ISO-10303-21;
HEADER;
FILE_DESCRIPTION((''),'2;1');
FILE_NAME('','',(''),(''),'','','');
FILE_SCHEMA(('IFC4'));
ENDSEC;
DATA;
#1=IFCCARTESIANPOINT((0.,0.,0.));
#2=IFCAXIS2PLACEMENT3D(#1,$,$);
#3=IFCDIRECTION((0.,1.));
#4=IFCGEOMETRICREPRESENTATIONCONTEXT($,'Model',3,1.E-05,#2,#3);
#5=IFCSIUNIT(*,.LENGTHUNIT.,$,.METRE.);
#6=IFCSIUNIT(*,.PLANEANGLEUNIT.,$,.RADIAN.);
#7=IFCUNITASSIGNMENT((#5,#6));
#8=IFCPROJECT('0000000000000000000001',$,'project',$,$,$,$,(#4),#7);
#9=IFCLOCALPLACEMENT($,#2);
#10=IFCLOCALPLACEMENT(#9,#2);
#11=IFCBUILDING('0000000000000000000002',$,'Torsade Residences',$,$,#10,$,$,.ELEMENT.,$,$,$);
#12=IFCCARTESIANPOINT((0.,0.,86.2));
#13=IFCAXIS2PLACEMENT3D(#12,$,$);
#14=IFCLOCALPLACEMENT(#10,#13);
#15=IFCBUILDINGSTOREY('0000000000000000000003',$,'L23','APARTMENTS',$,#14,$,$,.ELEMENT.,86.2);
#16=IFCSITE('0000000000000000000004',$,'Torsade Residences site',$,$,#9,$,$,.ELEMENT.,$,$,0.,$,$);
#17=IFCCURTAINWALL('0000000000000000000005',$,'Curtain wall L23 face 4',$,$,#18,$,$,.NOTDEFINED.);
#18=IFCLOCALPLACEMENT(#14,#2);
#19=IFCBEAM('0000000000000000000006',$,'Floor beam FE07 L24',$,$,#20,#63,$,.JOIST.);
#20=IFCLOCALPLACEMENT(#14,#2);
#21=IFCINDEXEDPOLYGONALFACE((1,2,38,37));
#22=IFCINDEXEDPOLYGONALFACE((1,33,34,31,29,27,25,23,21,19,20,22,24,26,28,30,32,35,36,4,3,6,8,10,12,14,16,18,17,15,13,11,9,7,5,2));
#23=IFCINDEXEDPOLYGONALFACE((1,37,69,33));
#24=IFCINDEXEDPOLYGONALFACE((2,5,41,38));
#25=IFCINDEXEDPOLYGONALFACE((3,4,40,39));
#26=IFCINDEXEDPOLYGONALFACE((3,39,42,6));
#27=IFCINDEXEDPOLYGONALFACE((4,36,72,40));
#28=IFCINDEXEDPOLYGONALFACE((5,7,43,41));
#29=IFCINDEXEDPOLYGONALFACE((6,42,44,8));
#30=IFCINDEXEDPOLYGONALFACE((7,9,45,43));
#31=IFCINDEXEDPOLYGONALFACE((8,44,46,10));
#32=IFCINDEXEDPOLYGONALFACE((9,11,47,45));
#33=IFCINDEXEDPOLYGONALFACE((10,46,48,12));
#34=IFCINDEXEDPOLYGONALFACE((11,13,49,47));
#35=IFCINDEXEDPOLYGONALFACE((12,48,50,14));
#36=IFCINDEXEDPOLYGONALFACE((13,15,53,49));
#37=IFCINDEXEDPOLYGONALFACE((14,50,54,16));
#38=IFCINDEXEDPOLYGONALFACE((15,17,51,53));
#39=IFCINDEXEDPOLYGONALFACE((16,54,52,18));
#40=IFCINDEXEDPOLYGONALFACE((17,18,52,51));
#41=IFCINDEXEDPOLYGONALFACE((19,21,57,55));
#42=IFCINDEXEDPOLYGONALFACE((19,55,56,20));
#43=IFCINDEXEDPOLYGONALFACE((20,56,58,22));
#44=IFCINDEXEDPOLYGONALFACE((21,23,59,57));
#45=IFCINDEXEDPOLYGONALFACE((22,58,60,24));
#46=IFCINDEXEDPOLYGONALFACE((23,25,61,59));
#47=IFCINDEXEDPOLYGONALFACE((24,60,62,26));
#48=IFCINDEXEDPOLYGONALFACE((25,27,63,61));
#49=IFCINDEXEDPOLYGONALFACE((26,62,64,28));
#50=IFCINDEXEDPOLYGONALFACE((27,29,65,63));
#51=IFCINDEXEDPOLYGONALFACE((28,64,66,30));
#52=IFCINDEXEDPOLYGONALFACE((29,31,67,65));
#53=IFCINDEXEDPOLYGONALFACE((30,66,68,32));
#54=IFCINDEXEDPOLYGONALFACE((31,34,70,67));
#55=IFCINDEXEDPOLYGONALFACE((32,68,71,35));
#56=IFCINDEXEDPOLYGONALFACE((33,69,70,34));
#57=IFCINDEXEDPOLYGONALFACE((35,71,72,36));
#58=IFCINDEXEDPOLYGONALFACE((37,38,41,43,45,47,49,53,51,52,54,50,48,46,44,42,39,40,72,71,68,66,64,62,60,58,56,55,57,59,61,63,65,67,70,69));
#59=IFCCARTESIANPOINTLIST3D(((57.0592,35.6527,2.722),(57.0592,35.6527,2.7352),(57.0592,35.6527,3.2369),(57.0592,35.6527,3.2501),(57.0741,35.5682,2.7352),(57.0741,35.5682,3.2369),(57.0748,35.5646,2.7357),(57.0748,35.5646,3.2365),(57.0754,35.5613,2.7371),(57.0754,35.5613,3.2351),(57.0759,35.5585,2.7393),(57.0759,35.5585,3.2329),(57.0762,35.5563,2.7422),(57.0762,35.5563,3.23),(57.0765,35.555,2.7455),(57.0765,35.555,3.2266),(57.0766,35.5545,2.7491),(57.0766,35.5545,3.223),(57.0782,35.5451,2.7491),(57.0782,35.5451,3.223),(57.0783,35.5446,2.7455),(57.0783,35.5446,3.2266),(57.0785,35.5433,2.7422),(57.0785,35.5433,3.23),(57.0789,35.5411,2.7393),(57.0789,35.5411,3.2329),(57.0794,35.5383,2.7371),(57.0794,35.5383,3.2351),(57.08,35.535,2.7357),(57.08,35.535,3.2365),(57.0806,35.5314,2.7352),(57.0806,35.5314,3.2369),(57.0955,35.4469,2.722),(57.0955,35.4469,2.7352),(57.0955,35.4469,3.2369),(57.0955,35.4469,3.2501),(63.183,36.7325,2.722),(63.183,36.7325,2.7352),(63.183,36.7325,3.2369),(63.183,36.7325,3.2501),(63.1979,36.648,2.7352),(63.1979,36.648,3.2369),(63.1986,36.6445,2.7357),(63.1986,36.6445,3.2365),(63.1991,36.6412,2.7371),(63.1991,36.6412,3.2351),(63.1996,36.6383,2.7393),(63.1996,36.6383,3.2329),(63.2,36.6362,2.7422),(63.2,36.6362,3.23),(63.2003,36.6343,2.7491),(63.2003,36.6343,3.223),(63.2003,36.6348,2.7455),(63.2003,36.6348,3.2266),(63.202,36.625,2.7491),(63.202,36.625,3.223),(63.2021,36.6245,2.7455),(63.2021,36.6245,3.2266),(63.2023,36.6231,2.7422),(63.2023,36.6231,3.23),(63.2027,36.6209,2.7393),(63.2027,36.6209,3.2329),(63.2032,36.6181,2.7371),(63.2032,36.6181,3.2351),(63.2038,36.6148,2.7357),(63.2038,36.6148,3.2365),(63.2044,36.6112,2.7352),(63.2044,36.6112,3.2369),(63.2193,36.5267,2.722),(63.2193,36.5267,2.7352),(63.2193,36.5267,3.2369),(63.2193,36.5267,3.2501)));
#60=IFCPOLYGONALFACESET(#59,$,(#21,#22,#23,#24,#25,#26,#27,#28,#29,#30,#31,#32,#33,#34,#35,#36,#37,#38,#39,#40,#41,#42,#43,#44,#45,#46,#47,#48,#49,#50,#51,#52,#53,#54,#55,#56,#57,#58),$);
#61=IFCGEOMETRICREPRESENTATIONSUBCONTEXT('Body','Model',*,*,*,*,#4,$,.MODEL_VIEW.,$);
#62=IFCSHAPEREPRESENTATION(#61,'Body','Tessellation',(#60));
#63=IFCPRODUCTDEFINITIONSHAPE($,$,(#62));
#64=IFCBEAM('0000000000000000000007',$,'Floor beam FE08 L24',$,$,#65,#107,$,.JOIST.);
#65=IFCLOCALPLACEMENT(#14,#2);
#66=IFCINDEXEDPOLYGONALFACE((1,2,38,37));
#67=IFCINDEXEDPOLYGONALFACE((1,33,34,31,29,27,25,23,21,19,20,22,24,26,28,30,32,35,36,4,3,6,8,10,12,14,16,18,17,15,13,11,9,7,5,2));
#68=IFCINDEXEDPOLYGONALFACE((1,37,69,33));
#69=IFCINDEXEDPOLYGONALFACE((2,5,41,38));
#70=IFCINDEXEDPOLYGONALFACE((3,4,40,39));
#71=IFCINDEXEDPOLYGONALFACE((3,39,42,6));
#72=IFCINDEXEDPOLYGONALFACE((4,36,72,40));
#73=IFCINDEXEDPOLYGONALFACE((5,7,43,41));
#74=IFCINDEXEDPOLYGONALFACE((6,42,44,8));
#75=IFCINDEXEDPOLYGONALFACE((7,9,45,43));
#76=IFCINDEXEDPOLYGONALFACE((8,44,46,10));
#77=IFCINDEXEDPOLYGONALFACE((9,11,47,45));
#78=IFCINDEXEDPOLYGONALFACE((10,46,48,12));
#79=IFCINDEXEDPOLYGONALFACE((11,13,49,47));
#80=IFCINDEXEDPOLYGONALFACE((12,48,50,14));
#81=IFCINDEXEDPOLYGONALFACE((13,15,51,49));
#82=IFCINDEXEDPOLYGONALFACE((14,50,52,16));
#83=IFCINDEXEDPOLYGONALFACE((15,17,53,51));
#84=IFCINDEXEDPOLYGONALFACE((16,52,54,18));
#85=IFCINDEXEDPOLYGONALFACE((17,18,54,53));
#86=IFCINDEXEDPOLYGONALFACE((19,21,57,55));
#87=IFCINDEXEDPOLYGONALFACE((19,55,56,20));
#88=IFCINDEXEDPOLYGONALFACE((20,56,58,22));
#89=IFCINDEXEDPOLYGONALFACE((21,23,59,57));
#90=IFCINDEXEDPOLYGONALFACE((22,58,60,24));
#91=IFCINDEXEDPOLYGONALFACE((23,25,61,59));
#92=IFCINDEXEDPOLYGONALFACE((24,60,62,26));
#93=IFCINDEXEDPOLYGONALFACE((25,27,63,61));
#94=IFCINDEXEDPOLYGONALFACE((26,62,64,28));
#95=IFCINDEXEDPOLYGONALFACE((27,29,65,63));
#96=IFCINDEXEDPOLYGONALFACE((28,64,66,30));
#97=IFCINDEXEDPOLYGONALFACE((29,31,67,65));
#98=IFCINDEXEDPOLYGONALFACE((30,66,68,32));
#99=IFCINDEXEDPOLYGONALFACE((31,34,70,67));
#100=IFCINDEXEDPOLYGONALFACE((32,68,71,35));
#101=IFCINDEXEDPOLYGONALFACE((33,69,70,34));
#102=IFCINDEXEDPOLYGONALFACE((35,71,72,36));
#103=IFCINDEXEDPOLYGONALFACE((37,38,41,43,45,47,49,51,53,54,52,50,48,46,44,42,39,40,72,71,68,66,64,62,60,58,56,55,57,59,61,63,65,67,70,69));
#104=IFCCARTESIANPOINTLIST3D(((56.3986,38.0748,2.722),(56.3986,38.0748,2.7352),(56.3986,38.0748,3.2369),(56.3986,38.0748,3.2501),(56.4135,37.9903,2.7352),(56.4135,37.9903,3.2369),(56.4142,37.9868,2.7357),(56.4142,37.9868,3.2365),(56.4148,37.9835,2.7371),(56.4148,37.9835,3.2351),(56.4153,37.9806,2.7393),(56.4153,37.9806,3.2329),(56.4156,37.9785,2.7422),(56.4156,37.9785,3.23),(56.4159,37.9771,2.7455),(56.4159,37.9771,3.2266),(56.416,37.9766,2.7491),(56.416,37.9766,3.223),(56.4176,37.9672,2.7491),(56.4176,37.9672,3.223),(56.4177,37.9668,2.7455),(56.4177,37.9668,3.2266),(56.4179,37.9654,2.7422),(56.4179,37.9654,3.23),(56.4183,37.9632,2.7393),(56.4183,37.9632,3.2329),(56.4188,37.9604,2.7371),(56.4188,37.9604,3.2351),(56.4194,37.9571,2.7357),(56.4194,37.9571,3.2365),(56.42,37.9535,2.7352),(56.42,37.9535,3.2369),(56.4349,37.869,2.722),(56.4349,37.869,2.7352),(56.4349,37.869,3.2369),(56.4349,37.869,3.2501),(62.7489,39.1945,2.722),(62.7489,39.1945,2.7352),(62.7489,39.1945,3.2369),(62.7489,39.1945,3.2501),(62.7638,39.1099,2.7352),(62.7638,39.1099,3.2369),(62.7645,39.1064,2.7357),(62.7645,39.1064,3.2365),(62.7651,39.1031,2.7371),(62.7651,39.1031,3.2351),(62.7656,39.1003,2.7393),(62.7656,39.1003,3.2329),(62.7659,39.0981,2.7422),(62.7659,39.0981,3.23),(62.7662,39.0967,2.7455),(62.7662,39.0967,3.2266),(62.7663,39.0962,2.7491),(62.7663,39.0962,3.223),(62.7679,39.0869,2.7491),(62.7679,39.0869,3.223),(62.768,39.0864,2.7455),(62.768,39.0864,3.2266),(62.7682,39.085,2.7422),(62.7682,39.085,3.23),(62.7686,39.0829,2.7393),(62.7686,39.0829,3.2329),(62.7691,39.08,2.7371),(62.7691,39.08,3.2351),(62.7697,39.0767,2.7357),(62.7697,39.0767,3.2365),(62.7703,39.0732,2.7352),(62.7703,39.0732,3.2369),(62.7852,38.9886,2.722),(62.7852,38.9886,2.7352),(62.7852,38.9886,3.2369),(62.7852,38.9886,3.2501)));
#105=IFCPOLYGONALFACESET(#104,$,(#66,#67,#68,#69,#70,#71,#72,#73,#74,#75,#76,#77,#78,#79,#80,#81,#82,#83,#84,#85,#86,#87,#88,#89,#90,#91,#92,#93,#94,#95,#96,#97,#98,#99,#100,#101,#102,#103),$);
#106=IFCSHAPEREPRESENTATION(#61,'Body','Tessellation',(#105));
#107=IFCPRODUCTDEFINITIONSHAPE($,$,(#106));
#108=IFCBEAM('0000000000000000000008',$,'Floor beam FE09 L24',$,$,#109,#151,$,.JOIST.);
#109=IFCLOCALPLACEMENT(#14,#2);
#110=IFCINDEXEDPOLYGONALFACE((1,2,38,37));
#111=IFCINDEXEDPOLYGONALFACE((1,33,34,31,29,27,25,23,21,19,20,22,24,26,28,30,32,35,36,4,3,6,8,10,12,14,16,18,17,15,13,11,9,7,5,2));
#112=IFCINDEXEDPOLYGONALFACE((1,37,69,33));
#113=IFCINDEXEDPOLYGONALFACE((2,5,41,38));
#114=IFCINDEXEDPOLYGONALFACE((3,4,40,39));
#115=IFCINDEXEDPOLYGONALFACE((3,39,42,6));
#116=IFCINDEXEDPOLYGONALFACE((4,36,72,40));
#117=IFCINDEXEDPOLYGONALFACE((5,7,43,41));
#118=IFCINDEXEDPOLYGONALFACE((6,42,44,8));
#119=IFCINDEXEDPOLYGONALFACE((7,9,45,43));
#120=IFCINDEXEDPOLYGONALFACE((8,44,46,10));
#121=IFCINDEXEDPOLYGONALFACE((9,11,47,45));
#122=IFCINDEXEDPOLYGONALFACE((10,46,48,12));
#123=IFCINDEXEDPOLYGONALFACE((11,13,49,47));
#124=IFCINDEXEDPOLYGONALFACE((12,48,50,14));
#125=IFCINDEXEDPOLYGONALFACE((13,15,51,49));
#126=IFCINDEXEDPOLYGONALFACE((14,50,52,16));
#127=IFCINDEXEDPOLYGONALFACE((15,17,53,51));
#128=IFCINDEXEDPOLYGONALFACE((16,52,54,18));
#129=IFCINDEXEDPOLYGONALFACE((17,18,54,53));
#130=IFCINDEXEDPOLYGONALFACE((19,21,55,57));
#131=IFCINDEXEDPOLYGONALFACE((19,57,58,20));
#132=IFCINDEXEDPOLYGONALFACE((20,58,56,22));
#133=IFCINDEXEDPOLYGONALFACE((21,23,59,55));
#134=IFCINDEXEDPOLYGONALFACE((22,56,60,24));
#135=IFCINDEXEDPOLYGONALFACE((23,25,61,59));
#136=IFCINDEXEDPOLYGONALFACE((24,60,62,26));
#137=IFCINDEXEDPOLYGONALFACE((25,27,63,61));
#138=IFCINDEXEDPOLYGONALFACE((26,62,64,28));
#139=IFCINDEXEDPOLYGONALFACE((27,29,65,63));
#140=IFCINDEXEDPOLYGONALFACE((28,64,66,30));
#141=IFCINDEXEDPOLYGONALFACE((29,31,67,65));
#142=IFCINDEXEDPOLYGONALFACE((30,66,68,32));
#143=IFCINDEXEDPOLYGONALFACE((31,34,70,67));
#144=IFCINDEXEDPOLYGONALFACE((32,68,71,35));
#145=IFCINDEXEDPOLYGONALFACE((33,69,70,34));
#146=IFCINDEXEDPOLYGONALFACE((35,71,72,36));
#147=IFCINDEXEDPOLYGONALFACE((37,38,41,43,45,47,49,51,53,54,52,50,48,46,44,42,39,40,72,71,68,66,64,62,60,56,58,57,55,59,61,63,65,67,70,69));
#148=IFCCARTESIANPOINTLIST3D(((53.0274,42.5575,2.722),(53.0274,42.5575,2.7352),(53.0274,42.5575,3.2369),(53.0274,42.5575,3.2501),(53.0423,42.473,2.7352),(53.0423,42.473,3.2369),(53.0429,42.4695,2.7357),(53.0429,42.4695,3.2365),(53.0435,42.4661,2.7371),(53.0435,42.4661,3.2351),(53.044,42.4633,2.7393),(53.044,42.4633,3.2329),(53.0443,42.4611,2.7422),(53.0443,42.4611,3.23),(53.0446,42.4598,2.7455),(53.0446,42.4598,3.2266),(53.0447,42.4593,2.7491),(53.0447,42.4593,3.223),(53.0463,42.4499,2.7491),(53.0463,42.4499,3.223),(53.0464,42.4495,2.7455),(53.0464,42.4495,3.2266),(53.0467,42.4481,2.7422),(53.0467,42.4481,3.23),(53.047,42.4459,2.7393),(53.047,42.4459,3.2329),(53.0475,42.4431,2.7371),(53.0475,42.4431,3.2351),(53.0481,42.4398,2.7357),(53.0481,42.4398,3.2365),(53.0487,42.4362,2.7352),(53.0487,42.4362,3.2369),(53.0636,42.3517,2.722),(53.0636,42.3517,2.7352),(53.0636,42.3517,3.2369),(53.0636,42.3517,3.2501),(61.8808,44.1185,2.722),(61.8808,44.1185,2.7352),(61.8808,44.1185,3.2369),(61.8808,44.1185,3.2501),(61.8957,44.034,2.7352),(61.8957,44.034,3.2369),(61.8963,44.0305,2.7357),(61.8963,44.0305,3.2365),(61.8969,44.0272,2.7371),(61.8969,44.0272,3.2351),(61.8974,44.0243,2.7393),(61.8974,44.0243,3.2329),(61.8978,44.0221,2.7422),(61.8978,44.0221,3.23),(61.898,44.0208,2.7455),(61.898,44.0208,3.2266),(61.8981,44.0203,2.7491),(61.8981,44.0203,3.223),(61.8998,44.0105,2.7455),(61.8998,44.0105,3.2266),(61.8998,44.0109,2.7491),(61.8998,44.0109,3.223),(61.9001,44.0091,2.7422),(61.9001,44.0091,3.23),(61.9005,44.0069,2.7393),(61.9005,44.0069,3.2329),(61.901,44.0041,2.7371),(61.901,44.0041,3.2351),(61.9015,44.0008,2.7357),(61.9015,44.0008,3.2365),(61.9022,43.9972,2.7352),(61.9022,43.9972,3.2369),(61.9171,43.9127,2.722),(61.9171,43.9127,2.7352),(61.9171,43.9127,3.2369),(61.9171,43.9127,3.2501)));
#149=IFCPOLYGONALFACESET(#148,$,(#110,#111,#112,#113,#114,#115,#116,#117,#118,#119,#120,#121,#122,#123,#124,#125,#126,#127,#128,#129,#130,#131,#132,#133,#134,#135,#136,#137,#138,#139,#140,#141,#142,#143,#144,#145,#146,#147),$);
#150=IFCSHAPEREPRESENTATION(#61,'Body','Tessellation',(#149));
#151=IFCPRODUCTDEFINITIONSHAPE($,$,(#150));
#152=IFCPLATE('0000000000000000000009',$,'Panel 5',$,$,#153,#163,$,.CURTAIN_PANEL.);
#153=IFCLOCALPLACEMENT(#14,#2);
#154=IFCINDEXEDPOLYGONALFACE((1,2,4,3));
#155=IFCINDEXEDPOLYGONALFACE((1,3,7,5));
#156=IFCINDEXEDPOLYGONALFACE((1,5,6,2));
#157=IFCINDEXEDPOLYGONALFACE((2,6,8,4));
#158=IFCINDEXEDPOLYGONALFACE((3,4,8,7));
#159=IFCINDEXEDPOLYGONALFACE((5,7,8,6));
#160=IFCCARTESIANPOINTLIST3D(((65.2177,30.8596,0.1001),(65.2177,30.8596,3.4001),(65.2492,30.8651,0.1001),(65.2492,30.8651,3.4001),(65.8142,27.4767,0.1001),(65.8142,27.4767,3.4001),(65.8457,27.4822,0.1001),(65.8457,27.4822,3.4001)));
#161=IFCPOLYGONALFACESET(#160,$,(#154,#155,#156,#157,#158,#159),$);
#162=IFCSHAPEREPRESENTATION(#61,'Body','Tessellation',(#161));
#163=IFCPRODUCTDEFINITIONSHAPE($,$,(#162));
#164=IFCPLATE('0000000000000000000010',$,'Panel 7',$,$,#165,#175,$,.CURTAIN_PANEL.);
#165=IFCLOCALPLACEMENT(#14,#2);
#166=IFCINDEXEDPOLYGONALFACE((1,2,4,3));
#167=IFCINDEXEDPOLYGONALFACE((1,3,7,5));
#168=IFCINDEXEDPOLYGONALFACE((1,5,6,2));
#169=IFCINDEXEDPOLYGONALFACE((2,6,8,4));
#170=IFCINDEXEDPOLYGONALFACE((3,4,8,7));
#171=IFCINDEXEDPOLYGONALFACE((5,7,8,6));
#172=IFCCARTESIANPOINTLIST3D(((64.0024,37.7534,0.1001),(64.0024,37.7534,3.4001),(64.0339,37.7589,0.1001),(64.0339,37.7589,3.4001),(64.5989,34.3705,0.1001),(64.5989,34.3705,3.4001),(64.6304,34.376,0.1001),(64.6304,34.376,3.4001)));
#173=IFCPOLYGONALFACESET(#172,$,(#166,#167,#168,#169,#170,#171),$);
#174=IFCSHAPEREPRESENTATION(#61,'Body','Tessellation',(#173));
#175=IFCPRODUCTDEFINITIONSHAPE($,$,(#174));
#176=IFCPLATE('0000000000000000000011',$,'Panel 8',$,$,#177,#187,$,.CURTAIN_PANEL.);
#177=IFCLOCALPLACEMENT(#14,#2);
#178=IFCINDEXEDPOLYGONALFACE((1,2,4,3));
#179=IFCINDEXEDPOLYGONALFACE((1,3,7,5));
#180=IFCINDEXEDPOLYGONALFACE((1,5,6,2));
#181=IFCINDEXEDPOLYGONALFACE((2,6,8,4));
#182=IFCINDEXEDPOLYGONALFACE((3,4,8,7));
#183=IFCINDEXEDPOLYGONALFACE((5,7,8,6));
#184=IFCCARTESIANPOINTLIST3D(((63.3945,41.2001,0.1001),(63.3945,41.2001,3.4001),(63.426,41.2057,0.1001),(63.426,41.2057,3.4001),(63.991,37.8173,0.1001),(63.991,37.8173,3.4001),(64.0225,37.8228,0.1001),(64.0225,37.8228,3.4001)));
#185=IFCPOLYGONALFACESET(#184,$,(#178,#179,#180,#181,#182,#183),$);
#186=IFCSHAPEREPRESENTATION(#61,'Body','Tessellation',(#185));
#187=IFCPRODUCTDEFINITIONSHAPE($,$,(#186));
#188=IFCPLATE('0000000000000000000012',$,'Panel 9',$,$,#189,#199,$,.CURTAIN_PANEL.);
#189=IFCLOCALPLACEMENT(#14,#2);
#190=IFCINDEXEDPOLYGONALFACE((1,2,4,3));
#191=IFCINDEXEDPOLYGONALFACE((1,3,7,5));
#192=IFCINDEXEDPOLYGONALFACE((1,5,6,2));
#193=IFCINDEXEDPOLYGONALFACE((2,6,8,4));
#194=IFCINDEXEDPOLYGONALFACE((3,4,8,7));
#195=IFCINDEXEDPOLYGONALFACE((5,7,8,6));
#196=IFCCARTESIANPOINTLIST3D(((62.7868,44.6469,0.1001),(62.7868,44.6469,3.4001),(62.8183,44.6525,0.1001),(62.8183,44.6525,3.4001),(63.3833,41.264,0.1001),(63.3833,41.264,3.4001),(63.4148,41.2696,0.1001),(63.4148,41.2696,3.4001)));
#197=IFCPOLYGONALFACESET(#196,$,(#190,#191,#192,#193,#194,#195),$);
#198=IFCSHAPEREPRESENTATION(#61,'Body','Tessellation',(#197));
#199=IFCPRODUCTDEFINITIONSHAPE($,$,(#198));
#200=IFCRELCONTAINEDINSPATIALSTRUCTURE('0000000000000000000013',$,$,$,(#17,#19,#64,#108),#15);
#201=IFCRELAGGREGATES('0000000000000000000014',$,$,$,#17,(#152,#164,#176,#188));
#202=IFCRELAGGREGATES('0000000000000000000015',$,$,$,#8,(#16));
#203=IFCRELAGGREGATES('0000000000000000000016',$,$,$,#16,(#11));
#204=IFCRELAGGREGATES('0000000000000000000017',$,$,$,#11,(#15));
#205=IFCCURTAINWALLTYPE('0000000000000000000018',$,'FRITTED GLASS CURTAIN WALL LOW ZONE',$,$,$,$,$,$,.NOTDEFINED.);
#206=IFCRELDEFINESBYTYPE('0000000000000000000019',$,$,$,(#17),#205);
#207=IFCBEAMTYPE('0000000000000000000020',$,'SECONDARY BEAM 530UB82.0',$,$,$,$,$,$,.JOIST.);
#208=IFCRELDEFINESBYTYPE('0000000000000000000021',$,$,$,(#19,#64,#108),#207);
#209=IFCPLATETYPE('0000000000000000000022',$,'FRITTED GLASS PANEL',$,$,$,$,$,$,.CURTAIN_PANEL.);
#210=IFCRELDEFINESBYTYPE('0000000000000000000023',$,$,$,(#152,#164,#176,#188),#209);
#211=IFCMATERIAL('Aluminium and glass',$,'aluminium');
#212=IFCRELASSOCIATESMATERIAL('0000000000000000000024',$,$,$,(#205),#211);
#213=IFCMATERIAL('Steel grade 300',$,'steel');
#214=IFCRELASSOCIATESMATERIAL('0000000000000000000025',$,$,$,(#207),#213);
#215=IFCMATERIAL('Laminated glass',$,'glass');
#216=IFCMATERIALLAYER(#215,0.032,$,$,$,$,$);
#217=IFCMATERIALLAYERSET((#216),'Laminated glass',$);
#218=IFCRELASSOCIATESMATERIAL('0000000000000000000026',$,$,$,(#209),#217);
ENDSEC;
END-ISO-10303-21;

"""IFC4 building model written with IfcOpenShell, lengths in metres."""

from ifc_helpers import new_model, si_unit, direction, frame, origin, origin_2d, place, context, subcontext, project, spatial, rectangle, i_section, extrude, material, layer, layer_set, material_profile, profile_set, type_object, element, aggregate, save


model = new_model("IFC4")

# Units and contexts
model_context = context("Model", 3, precision=1e-05, world=origin(), true_north=direction((0.0, 1.0)))
body_context = subcontext(model_context, "Body", "Model", "MODEL_VIEW")
ifc_project = project(units=[si_unit("LENGTHUNIT", "METRE"), si_unit("PLANEANGLEUNIT", "RADIAN")], contexts=[model_context])

# Site, building, storey
site_placement = place(None, origin())
site = spatial("IfcSite", under=ifc_project, at=site_placement, Name="Torsade Residences site", CompositionType="ELEMENT", RefElevation=0.0)
building_placement = place(site_placement, origin())
building = spatial("IfcBuilding", under=site, at=building_placement, Name="Torsade Residences", CompositionType="ELEMENT")
storey_placement = place(building_placement, frame((0.0, 0.0, 86.2)))
storey = spatial("IfcBuildingStorey", under=building, at=storey_placement, Name="L23", Description="APARTMENTS", CompositionType="ELEMENT", Elevation=86.2)

# Curtain wall
ifc_material_1 = material(Name="Aluminium and glass", Category="aluminium")
curtain_wall_type = type_object("IfcCurtainWallType", Name="FRITTED GLASS CURTAIN WALL LOW ZONE", PredefinedType="NOTDEFINED", material=ifc_material_1)
curtain_wall_placement = place(storey_placement, origin())
curtain_wall = element("IfcCurtainWall", 1, at=curtain_wall_placement, inside=storey, type_object=curtain_wall_type, Name="Curtain wall L23 face 4", PredefinedType="NOTDEFINED")

# Beams
ifc_material_2 = material(Name="Steel grade 300", Category="steel")
ifc_material_profile_1 = material_profile(ifc_material_2, i_section(OverallWidth=0.209, OverallDepth=0.5281, WebThickness=0.0095, FlangeThickness=0.0132, FilletRadius=0.0139, at=origin_2d()), Name="530UB82.0")
ifc_profile_set_1 = profile_set([ifc_material_profile_1], Name="Steel grade 300")
beam_type_1 = type_object("IfcBeamType", Name="SECONDARY BEAM 530UB82.0", PredefinedType="JOIST", material=ifc_profile_set_1)
beam_1_placement = place(storey_placement, frame((63.2012, 36.6296, 2.9861), z_axis=(-0.984806, -0.173655, 0.0), x_axis=(0.173655, -0.984806, 0.0)))
element("IfcBeam", 2, at=beam_1_placement, inside=storey, type_object=beam_type_1, Name="Floor beam FE07 L24", PredefinedType="JOIST", context=body_context, shape_type="SweptSolid", body=[
    extrude(i_section(OverallWidth=0.209, OverallDepth=0.5281, WebThickness=0.0095, FlangeThickness=0.0132, FilletRadius=0.0139, at=origin_2d()), origin(), (0.0, 0.0, 1.0), 6.2183),
])
beam_2_placement = place(storey_placement, frame((62.7671, 39.0916, 2.9861), z_axis=(-0.984811, -0.173632, 0.0), x_axis=(0.173632, -0.984811, 0.0)))
element("IfcBeam", 3, at=beam_2_placement, inside=storey, type_object=beam_type_1, Name="Floor beam FE08 L24", PredefinedType="JOIST", context=body_context, shape_type="SweptSolid", body=[
    extrude(i_section(OverallWidth=0.209, OverallDepth=0.5281, WebThickness=0.0095, FlangeThickness=0.0132, FilletRadius=0.0139, at=origin_2d()), origin(), (0.0, 0.0, 1.0), 6.4482),
])
beam_3_placement = place(storey_placement, frame((61.8989, 44.0156, 2.9861), z_axis=(-0.984809, -0.17364, 0.0), x_axis=(0.17364, -0.984809, 0.0)))
element("IfcBeam", 4, at=beam_3_placement, inside=storey, type_object=beam_type_1, Name="Floor beam FE09 L24", PredefinedType="JOIST", context=body_context, shape_type="SweptSolid", body=[
    extrude(i_section(OverallWidth=0.209, OverallDepth=0.5281, WebThickness=0.0095, FlangeThickness=0.0132, FilletRadius=0.0139, at=origin_2d()), origin(), (0.0, 0.0, 1.0), 8.99),
])

# Plates
ifc_material_3 = material(Name="Laminated glass", Category="glass")
ifc_layer_1 = layer(ifc_material_3, 0.032)
ifc_layer_set_1 = layer_set([ifc_layer_1], Name="Laminated glass")
plate_type_1 = type_object("IfcPlateType", Name="FRITTED GLASS PANEL", PredefinedType="CURTAIN_PANEL", material=ifc_layer_set_1)
plate_1_placement = place(storey_placement, frame((65.5317, 29.1709, 0.1001), z_axis=(0.0, 0.0, 1.0), x_axis=(-0.173648, 0.984808, 0.0)))
plate_1 = element("IfcPlate", 5, at=plate_1_placement, type_object=plate_type_1, Name="Panel 5", PredefinedType="CURTAIN_PANEL", context=body_context, shape_type="SweptSolid", body=[
    extrude(rectangle(XDim=3.4351, YDim=0.032, at=origin_2d()), origin(), (0.0, 0.0, 1.0), 3.3),
])
plate_2_placement = place(storey_placement, frame((64.3164, 36.0647, 0.1001), z_axis=(0.0, 0.0, 1.0), x_axis=(-0.173648, 0.984808, 0.0)))
plate_2 = element("IfcPlate", 6, at=plate_2_placement, type_object=plate_type_1, Name="Panel 7", PredefinedType="CURTAIN_PANEL", context=body_context, shape_type="SweptSolid", body=[
    extrude(rectangle(XDim=3.4351, YDim=0.032, at=origin_2d()), origin(), (0.0, 0.0, 1.0), 3.3),
])
plate_3_placement = place(storey_placement, frame((63.7085, 39.5115, 0.1001), z_axis=(0.0, 0.0, 1.0), x_axis=(-0.173648, 0.984808, 0.0)))
plate_3 = element("IfcPlate", 7, at=plate_3_placement, type_object=plate_type_1, Name="Panel 8", PredefinedType="CURTAIN_PANEL", context=body_context, shape_type="SweptSolid", body=[
    extrude(rectangle(XDim=3.4351, YDim=0.032, at=origin_2d()), origin(), (0.0, 0.0, 1.0), 3.3),
])
plate_4_placement = place(storey_placement, frame((63.1008, 42.9583, 0.1001), z_axis=(0.0, 0.0, 1.0), x_axis=(-0.173648, 0.984808, 0.0)))
plate_4 = element("IfcPlate", 8, at=plate_4_placement, type_object=plate_type_1, Name="Panel 9", PredefinedType="CURTAIN_PANEL", context=body_context, shape_type="SweptSolid", body=[
    extrude(rectangle(XDim=3.4351, YDim=0.032, at=origin_2d()), origin(), (0.0, 0.0, 1.0), 3.3),
])
aggregate(curtain_wall, [plate_1, plate_2, plate_3, plate_4])

save(model, "model.ifc")
